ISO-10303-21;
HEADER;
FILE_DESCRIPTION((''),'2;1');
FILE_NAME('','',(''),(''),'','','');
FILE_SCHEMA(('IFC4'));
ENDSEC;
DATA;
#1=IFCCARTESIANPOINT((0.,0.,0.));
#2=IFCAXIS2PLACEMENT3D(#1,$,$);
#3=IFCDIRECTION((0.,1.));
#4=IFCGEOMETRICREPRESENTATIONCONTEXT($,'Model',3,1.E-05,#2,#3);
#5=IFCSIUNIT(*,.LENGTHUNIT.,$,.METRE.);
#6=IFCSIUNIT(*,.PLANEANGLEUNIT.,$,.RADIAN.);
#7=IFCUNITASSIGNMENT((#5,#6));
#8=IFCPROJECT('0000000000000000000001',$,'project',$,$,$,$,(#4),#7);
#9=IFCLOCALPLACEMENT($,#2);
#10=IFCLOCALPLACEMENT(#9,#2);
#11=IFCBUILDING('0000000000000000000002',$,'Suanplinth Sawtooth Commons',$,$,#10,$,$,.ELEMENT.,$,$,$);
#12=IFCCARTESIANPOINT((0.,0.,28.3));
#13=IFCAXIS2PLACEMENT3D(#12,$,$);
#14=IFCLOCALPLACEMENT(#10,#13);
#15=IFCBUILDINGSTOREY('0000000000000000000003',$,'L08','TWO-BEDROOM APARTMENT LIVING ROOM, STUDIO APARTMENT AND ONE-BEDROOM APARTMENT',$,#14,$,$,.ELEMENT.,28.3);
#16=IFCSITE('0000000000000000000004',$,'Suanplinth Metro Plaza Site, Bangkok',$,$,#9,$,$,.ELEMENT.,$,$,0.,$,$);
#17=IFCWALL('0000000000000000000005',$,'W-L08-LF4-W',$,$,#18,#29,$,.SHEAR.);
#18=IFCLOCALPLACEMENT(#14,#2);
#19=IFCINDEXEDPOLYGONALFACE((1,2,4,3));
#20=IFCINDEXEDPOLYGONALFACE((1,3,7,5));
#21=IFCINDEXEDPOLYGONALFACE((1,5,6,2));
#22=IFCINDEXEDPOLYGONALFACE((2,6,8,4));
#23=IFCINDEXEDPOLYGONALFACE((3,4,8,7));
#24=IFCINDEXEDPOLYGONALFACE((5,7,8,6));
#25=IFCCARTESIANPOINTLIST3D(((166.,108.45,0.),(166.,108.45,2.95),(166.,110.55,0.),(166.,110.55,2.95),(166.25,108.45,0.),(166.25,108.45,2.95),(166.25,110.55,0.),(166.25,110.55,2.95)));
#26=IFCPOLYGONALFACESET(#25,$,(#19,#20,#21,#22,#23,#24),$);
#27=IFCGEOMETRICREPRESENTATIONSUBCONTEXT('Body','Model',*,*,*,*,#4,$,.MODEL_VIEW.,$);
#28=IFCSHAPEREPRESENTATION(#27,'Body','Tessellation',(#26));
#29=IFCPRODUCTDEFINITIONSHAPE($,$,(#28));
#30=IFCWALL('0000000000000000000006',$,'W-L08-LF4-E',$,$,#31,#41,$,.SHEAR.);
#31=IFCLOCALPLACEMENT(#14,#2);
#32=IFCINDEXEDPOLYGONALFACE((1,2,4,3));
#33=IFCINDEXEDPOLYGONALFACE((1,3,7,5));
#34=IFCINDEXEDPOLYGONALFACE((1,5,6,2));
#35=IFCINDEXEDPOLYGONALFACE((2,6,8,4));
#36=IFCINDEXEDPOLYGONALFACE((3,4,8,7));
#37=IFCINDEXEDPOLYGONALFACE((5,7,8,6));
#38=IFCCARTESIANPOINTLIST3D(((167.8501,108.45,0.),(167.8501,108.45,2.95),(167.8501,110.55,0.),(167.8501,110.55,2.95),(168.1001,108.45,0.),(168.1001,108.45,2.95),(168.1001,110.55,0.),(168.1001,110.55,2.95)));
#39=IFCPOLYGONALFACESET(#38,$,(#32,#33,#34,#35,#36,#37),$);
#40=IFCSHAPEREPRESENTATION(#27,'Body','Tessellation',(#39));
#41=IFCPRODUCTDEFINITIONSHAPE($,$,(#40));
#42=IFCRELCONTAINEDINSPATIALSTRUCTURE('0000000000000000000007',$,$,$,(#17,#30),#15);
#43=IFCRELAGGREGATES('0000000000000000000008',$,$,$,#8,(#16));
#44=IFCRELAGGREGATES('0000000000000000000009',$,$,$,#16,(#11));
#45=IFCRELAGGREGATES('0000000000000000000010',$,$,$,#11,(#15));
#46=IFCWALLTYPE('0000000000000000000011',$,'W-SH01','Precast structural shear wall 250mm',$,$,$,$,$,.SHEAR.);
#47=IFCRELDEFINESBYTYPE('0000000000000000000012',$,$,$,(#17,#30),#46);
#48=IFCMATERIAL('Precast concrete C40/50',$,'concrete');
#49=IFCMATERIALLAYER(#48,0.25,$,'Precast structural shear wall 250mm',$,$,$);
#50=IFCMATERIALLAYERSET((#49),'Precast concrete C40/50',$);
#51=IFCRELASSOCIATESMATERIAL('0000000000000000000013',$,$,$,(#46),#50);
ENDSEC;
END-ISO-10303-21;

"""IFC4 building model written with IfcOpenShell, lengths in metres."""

from ifc_helpers import new_model, si_unit, direction, frame, frame_2d, origin, place, context, subcontext, project, spatial, rectangle, extrude, material, layer, layer_set, type_object, element, save


model = new_model("IFC4")

# Units and contexts
model_context = context("Model", 3, precision=1e-05, world=origin(), true_north=direction((0.0, 1.0)))
body_context = subcontext(model_context, "Body", "Model", "MODEL_VIEW")
ifc_project = project(units=[si_unit("LENGTHUNIT", "METRE"), si_unit("PLANEANGLEUNIT", "RADIAN")], contexts=[model_context])

# Site, building, storey
site_placement = place(None, origin())
site = spatial("IfcSite", under=ifc_project, at=site_placement, Name="Suanplinth Metro Plaza Site, Bangkok", CompositionType="ELEMENT", RefElevation=0.0)
building_placement = place(site_placement, origin())
building = spatial("IfcBuilding", under=site, at=building_placement, Name="Suanplinth Sawtooth Commons", CompositionType="ELEMENT")
storey_placement = place(building_placement, frame((0.0, 0.0, 28.3)))
storey = spatial("IfcBuildingStorey", under=building, at=storey_placement, Name="L08", Description="TWO-BEDROOM APARTMENT LIVING ROOM, STUDIO APARTMENT AND ONE-BEDROOM APARTMENT", CompositionType="ELEMENT", Elevation=28.3)

# Shared definitions
ifc_material_1 = material(Name="Precast concrete C40/50", Category="concrete")

# Walls
ifc_layer_1 = layer(ifc_material_1, 0.25, Name="Precast structural shear wall 250mm")
ifc_layer_set_1 = layer_set([ifc_layer_1], Name="Precast concrete C40/50")
wall_type_1 = type_object("IfcWallType", Name="W-SH01", Description="Precast structural shear wall 250mm", PredefinedType="SHEAR", material=ifc_layer_set_1)
for number, where, z_axis, x_axis, name in (
    (1, (166.125, 108.45, 0.0), (0.0, 0.0, 1.0), (0.0, 1.0, 0.0), "W-L08-LF4-W"),
    (2, (167.9751, 108.45, 0.0), (0.0, 0.0, 1.0), (0.0, 1.0, 0.0), "W-L08-LF4-E"),
):
    element("IfcWall", number, at=place(storey_placement, frame(where, z_axis=z_axis, x_axis=x_axis)), inside=storey, type_object=wall_type_1, Name=name, PredefinedType="SHEAR", context=body_context, shape_type="SweptSolid", body=[
        extrude(rectangle(XDim=2.1001, YDim=0.25, at=frame_2d((1.05, 0.0))), origin(), (0.0, 0.0, 1.0), 2.95),
    ])

save(model, "model.ifc")
